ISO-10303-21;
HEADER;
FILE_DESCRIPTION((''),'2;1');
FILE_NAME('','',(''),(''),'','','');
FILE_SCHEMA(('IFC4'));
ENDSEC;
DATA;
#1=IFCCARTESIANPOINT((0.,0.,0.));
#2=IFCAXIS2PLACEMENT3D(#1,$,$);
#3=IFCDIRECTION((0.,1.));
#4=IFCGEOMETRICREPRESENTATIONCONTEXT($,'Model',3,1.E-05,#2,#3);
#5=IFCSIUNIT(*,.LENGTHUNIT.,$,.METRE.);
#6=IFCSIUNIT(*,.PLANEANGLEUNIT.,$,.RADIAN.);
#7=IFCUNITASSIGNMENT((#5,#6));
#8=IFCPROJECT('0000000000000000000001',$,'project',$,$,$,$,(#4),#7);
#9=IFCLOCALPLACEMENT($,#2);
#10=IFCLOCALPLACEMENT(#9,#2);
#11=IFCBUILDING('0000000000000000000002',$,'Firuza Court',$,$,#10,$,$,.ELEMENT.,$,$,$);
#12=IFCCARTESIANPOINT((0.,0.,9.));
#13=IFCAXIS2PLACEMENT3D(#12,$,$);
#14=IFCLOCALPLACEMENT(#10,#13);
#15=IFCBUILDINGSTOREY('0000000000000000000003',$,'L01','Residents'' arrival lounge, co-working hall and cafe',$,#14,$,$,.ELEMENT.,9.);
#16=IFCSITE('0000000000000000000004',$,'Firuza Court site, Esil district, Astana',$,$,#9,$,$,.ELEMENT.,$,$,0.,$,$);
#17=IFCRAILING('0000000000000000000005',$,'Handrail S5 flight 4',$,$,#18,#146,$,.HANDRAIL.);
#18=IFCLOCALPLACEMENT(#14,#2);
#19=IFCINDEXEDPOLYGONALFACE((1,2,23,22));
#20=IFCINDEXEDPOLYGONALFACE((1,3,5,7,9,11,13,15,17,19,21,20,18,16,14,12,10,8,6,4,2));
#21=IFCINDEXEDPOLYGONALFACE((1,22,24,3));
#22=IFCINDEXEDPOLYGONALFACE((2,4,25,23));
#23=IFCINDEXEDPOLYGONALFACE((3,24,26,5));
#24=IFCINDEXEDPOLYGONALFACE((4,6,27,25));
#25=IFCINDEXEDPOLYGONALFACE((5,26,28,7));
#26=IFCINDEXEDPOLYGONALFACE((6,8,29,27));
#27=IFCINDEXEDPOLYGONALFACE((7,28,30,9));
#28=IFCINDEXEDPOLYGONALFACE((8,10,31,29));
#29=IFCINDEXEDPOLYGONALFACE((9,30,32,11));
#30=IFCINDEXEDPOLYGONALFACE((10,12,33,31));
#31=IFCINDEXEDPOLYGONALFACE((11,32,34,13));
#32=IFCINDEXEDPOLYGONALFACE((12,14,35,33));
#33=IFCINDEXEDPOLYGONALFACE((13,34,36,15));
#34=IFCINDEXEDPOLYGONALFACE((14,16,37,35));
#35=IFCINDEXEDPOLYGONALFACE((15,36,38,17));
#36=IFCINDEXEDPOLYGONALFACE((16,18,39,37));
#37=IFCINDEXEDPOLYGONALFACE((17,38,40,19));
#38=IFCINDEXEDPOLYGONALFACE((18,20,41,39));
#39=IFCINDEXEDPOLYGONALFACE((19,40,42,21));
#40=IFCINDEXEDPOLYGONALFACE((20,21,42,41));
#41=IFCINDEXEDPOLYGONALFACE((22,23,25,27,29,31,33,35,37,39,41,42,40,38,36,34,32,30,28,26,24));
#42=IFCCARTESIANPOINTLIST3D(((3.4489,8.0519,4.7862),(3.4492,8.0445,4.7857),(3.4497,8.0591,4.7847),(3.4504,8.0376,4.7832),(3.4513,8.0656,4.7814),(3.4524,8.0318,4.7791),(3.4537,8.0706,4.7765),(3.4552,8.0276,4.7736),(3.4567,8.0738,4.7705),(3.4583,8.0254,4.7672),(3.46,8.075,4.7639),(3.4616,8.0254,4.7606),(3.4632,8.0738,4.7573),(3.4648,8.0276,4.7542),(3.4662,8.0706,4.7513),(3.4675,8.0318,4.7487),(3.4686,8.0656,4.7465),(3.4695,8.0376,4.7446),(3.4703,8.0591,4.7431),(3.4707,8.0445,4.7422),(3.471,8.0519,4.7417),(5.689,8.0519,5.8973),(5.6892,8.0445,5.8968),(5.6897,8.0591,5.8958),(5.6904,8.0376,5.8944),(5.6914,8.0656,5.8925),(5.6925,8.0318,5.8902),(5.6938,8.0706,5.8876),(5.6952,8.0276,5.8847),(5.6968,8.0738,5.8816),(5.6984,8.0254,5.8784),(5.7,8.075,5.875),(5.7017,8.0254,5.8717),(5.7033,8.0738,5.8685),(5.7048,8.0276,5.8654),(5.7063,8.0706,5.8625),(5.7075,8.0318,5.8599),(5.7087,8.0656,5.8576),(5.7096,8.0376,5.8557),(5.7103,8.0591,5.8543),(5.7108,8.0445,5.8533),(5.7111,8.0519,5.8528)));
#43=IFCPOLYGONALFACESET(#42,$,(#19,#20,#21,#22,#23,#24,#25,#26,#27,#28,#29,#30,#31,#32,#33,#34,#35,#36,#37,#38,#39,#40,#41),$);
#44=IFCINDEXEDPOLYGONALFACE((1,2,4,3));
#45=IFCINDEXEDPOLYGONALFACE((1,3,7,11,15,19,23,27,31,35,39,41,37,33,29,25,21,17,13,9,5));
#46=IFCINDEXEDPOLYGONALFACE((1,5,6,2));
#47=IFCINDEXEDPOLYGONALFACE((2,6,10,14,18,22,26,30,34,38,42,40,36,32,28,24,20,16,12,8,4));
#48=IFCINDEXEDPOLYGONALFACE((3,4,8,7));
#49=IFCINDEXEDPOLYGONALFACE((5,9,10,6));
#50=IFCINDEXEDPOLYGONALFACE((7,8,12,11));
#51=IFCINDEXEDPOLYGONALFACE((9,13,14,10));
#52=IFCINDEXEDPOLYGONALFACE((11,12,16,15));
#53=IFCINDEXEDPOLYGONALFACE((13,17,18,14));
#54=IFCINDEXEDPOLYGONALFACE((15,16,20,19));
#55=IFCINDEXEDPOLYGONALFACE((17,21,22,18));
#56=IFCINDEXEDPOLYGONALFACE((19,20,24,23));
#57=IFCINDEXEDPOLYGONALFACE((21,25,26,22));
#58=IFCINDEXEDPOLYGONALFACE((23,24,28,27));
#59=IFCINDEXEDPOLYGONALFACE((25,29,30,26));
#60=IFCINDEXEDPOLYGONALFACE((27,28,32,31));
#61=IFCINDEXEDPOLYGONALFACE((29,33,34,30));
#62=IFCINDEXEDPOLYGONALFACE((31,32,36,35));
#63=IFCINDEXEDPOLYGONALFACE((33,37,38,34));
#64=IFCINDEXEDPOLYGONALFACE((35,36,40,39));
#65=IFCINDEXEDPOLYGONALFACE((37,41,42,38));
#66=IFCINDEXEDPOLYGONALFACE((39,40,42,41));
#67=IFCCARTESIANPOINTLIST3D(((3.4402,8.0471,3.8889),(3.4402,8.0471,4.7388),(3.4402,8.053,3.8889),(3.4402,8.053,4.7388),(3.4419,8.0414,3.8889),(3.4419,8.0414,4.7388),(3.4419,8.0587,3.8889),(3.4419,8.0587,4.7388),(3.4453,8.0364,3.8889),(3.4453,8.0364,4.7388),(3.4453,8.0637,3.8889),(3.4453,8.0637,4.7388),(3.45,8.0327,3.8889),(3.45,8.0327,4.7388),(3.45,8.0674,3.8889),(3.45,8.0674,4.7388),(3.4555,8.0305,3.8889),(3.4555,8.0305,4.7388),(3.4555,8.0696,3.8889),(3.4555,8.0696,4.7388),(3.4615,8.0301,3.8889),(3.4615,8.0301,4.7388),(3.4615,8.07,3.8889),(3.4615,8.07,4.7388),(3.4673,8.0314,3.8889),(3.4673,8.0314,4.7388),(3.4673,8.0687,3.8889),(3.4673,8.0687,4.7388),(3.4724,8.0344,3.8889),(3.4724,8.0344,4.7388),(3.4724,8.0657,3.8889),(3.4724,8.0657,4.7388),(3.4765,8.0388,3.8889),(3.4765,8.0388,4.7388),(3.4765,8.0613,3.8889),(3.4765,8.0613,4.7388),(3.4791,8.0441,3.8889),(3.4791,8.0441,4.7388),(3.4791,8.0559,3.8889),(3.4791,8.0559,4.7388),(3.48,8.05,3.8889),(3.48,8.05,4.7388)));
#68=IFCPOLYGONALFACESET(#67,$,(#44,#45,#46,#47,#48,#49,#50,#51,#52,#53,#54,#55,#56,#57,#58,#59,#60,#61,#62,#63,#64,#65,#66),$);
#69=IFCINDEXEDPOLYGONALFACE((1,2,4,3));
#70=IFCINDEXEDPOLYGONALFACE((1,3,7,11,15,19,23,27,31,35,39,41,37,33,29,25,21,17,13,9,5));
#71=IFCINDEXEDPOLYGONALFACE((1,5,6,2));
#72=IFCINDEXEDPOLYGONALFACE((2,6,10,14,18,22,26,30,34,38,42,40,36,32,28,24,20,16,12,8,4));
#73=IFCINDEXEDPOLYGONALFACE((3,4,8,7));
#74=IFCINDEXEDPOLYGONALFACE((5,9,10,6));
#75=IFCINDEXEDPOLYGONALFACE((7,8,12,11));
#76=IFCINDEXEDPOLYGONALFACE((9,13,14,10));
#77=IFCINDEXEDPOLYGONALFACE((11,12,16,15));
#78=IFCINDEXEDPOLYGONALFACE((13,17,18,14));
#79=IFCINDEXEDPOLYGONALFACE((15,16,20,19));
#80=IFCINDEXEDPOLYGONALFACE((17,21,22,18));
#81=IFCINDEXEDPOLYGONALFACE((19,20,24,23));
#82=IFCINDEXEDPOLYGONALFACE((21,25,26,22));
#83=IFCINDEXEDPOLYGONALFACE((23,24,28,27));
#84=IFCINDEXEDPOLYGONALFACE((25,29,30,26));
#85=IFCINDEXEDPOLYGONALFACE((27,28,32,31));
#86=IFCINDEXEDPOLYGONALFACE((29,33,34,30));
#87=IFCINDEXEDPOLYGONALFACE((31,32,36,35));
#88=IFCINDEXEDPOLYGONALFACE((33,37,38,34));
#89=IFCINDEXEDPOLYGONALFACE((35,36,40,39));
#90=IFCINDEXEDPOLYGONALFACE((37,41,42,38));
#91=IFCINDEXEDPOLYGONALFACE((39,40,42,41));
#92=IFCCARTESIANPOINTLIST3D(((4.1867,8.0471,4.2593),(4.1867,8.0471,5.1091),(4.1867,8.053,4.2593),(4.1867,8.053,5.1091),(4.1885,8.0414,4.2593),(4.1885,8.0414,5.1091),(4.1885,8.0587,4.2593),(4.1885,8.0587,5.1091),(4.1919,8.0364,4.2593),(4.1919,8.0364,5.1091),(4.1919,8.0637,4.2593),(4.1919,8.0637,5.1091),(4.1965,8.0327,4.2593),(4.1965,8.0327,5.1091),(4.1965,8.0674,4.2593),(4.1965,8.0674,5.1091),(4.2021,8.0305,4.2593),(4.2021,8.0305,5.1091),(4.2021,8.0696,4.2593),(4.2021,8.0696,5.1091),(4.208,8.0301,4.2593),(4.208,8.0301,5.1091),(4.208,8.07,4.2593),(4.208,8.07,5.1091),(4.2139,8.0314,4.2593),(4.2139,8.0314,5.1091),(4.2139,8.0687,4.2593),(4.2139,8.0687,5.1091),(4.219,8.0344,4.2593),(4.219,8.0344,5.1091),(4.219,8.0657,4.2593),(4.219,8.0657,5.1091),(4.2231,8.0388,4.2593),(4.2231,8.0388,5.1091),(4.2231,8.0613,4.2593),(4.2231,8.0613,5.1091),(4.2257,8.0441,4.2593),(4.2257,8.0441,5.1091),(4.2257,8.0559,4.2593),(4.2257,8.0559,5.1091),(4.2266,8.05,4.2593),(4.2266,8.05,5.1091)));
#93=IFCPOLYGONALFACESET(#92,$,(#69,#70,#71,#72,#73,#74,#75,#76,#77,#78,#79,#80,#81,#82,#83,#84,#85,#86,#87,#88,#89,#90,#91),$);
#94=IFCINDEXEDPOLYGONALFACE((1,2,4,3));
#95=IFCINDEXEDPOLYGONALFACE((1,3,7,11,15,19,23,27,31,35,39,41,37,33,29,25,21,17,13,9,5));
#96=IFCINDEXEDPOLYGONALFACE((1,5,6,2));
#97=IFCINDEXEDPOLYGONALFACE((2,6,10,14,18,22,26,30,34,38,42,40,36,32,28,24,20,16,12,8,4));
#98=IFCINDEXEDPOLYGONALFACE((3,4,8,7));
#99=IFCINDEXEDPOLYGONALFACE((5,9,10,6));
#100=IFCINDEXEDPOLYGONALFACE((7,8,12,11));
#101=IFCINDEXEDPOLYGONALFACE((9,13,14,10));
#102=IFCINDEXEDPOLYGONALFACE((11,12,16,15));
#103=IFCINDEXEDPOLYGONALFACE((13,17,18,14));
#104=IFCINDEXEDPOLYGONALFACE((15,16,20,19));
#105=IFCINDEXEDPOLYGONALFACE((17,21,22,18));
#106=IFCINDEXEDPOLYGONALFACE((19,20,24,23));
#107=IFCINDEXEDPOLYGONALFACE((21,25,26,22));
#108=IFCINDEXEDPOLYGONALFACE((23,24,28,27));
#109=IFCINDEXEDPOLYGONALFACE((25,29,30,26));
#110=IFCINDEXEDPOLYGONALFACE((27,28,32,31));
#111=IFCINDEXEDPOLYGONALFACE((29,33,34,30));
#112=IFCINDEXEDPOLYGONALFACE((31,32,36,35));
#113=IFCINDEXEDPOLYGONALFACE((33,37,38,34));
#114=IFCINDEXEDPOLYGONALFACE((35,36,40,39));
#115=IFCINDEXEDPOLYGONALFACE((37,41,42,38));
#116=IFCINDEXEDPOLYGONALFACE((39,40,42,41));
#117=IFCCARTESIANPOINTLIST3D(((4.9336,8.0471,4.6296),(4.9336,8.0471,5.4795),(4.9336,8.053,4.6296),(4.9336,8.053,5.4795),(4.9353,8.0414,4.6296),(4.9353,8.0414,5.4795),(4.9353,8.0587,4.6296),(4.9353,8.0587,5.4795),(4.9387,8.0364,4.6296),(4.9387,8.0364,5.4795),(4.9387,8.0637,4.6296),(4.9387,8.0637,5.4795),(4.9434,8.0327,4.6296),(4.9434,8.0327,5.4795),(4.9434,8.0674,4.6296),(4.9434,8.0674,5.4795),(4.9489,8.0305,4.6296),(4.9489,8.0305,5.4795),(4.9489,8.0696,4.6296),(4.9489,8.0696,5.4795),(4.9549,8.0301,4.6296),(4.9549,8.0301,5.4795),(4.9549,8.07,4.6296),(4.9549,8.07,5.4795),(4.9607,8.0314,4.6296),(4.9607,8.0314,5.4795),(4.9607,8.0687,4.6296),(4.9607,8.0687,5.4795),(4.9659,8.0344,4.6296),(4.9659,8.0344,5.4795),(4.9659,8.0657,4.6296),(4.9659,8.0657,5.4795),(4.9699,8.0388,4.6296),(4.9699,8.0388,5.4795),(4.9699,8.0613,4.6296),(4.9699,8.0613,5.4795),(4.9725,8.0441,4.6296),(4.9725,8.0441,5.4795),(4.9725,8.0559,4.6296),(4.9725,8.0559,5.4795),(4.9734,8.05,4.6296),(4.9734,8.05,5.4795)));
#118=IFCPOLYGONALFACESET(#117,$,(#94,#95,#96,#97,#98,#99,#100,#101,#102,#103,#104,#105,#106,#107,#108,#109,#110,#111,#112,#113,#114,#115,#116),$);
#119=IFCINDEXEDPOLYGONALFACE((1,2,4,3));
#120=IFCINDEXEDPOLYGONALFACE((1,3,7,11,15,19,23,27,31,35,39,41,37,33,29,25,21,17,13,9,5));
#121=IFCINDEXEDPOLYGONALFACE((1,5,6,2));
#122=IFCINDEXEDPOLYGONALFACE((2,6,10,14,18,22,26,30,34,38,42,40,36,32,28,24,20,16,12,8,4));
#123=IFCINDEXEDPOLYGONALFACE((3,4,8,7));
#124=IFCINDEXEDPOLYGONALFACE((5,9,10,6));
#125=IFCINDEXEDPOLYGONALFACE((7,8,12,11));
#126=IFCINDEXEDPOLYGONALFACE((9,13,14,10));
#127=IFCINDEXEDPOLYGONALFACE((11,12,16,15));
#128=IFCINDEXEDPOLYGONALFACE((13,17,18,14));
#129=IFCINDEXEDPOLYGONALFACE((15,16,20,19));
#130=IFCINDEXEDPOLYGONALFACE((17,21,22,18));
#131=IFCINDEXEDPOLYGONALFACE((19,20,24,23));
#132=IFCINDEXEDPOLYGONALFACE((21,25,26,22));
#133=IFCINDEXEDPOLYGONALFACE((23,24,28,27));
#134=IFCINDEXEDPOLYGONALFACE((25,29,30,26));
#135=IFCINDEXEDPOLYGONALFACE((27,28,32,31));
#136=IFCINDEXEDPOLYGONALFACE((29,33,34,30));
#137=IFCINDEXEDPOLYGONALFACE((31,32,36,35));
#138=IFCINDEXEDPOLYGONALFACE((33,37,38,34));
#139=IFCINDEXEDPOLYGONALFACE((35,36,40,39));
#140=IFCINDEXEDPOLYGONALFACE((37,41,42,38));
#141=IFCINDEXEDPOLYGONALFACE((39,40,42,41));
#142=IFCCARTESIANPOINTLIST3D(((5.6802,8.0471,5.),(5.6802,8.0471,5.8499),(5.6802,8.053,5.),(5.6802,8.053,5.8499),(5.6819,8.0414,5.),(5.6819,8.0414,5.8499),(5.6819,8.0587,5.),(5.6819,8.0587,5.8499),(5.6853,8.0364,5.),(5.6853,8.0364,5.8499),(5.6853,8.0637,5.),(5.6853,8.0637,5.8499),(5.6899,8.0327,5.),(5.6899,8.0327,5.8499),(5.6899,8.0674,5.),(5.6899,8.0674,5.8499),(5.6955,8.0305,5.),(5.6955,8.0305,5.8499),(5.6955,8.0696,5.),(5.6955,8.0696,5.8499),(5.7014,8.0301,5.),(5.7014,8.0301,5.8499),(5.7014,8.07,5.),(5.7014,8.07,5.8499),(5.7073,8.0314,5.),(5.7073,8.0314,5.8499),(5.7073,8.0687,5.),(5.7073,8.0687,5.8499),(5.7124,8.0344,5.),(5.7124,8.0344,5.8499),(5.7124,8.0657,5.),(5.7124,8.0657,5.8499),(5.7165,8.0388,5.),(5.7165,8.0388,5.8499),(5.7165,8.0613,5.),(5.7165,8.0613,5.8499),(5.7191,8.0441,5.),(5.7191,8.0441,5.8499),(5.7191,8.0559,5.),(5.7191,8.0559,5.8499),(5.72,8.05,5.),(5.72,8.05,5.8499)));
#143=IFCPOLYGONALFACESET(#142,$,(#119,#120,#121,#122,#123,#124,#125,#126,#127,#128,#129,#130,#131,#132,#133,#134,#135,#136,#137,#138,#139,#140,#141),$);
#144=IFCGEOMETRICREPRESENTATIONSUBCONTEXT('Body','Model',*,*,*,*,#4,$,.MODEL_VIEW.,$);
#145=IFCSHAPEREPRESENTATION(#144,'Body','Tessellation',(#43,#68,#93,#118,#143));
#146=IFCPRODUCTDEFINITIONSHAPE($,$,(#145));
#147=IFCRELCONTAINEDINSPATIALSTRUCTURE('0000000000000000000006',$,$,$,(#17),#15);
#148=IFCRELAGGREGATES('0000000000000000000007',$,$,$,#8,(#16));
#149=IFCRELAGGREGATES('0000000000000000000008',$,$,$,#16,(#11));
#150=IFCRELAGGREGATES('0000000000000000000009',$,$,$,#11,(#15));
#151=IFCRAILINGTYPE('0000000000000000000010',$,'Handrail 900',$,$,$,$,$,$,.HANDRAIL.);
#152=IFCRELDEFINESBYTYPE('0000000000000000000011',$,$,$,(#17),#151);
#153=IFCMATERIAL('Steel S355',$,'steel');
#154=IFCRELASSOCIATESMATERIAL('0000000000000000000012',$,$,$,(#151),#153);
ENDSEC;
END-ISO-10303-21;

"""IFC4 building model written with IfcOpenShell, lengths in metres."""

from ifc_helpers import new_model, si_unit, direction, frame, origin, origin_2d, place, context, subcontext, project, spatial, circle, extrude, material, type_object, element, save


model = new_model("IFC4")

# Units and contexts
model_context = context("Model", 3, precision=1e-05, world=origin(), true_north=direction((0.0, 1.0)))
body_context = subcontext(model_context, "Body", "Model", "MODEL_VIEW")
ifc_project = project(units=[si_unit("LENGTHUNIT", "METRE"), si_unit("PLANEANGLEUNIT", "RADIAN")], contexts=[model_context])

# Site, building, storey
site_placement = place(None, origin())
site = spatial("IfcSite", under=ifc_project, at=site_placement, Name="Firuza Court site, Esil district, Astana", CompositionType="ELEMENT", RefElevation=0.0)
building_placement = place(site_placement, origin())
building = spatial("IfcBuilding", under=site, at=building_placement, Name="Firuza Court", CompositionType="ELEMENT")
storey_placement = place(building_placement, frame((0.0, 0.0, 9.0)))
storey = spatial("IfcBuildingStorey", under=building, at=storey_placement, Name="L01", Description="Residents' arrival lounge, co-working hall and cafe", CompositionType="ELEMENT", Elevation=9.0)

# Railing
ifc_material_1 = material(Name="Steel S355", Category="steel")
railing_type = type_object("IfcRailingType", Name="Handrail 900", PredefinedType="HANDRAIL", material=ifc_material_1)
for number, where, name in (
    (1, (3.46, 8.05, 3.8889), "Handrail S5 flight 4"),
):
    element("IfcRailing", number, at=place(storey_placement, frame(where)), inside=storey, type_object=railing_type, Name=name, PredefinedType="HANDRAIL", context=body_context, shape_type="SweptSolid", body=[
        extrude(circle(Radius=0.0249, at=origin_2d()), frame((0.0, 0.0, 0.875), z_axis=(0.895848, 0.0, 0.44436), x_axis=(0.0, 1.0, 0.0)), (0.0, 0.0, 1.0), 2.5005),
        extrude(circle(Radius=0.02, at=origin_2d()), origin(), (0.0, 0.0, 1.0), 0.8499),
        extrude(circle(Radius=0.02, at=origin_2d()), frame((0.7466, 0.0, 0.3704)), (0.0, 0.0, 1.0), 0.8499),
        extrude(circle(Radius=0.02, at=origin_2d()), frame((1.4934, 0.0, 0.7407)), (0.0, 0.0, 1.0), 0.8499),
        extrude(circle(Radius=0.02, at=origin_2d()), frame((2.24, 0.0, 1.1111)), (0.0, 0.0, 1.0), 0.8499),
    ])

save(model, "model.ifc")
